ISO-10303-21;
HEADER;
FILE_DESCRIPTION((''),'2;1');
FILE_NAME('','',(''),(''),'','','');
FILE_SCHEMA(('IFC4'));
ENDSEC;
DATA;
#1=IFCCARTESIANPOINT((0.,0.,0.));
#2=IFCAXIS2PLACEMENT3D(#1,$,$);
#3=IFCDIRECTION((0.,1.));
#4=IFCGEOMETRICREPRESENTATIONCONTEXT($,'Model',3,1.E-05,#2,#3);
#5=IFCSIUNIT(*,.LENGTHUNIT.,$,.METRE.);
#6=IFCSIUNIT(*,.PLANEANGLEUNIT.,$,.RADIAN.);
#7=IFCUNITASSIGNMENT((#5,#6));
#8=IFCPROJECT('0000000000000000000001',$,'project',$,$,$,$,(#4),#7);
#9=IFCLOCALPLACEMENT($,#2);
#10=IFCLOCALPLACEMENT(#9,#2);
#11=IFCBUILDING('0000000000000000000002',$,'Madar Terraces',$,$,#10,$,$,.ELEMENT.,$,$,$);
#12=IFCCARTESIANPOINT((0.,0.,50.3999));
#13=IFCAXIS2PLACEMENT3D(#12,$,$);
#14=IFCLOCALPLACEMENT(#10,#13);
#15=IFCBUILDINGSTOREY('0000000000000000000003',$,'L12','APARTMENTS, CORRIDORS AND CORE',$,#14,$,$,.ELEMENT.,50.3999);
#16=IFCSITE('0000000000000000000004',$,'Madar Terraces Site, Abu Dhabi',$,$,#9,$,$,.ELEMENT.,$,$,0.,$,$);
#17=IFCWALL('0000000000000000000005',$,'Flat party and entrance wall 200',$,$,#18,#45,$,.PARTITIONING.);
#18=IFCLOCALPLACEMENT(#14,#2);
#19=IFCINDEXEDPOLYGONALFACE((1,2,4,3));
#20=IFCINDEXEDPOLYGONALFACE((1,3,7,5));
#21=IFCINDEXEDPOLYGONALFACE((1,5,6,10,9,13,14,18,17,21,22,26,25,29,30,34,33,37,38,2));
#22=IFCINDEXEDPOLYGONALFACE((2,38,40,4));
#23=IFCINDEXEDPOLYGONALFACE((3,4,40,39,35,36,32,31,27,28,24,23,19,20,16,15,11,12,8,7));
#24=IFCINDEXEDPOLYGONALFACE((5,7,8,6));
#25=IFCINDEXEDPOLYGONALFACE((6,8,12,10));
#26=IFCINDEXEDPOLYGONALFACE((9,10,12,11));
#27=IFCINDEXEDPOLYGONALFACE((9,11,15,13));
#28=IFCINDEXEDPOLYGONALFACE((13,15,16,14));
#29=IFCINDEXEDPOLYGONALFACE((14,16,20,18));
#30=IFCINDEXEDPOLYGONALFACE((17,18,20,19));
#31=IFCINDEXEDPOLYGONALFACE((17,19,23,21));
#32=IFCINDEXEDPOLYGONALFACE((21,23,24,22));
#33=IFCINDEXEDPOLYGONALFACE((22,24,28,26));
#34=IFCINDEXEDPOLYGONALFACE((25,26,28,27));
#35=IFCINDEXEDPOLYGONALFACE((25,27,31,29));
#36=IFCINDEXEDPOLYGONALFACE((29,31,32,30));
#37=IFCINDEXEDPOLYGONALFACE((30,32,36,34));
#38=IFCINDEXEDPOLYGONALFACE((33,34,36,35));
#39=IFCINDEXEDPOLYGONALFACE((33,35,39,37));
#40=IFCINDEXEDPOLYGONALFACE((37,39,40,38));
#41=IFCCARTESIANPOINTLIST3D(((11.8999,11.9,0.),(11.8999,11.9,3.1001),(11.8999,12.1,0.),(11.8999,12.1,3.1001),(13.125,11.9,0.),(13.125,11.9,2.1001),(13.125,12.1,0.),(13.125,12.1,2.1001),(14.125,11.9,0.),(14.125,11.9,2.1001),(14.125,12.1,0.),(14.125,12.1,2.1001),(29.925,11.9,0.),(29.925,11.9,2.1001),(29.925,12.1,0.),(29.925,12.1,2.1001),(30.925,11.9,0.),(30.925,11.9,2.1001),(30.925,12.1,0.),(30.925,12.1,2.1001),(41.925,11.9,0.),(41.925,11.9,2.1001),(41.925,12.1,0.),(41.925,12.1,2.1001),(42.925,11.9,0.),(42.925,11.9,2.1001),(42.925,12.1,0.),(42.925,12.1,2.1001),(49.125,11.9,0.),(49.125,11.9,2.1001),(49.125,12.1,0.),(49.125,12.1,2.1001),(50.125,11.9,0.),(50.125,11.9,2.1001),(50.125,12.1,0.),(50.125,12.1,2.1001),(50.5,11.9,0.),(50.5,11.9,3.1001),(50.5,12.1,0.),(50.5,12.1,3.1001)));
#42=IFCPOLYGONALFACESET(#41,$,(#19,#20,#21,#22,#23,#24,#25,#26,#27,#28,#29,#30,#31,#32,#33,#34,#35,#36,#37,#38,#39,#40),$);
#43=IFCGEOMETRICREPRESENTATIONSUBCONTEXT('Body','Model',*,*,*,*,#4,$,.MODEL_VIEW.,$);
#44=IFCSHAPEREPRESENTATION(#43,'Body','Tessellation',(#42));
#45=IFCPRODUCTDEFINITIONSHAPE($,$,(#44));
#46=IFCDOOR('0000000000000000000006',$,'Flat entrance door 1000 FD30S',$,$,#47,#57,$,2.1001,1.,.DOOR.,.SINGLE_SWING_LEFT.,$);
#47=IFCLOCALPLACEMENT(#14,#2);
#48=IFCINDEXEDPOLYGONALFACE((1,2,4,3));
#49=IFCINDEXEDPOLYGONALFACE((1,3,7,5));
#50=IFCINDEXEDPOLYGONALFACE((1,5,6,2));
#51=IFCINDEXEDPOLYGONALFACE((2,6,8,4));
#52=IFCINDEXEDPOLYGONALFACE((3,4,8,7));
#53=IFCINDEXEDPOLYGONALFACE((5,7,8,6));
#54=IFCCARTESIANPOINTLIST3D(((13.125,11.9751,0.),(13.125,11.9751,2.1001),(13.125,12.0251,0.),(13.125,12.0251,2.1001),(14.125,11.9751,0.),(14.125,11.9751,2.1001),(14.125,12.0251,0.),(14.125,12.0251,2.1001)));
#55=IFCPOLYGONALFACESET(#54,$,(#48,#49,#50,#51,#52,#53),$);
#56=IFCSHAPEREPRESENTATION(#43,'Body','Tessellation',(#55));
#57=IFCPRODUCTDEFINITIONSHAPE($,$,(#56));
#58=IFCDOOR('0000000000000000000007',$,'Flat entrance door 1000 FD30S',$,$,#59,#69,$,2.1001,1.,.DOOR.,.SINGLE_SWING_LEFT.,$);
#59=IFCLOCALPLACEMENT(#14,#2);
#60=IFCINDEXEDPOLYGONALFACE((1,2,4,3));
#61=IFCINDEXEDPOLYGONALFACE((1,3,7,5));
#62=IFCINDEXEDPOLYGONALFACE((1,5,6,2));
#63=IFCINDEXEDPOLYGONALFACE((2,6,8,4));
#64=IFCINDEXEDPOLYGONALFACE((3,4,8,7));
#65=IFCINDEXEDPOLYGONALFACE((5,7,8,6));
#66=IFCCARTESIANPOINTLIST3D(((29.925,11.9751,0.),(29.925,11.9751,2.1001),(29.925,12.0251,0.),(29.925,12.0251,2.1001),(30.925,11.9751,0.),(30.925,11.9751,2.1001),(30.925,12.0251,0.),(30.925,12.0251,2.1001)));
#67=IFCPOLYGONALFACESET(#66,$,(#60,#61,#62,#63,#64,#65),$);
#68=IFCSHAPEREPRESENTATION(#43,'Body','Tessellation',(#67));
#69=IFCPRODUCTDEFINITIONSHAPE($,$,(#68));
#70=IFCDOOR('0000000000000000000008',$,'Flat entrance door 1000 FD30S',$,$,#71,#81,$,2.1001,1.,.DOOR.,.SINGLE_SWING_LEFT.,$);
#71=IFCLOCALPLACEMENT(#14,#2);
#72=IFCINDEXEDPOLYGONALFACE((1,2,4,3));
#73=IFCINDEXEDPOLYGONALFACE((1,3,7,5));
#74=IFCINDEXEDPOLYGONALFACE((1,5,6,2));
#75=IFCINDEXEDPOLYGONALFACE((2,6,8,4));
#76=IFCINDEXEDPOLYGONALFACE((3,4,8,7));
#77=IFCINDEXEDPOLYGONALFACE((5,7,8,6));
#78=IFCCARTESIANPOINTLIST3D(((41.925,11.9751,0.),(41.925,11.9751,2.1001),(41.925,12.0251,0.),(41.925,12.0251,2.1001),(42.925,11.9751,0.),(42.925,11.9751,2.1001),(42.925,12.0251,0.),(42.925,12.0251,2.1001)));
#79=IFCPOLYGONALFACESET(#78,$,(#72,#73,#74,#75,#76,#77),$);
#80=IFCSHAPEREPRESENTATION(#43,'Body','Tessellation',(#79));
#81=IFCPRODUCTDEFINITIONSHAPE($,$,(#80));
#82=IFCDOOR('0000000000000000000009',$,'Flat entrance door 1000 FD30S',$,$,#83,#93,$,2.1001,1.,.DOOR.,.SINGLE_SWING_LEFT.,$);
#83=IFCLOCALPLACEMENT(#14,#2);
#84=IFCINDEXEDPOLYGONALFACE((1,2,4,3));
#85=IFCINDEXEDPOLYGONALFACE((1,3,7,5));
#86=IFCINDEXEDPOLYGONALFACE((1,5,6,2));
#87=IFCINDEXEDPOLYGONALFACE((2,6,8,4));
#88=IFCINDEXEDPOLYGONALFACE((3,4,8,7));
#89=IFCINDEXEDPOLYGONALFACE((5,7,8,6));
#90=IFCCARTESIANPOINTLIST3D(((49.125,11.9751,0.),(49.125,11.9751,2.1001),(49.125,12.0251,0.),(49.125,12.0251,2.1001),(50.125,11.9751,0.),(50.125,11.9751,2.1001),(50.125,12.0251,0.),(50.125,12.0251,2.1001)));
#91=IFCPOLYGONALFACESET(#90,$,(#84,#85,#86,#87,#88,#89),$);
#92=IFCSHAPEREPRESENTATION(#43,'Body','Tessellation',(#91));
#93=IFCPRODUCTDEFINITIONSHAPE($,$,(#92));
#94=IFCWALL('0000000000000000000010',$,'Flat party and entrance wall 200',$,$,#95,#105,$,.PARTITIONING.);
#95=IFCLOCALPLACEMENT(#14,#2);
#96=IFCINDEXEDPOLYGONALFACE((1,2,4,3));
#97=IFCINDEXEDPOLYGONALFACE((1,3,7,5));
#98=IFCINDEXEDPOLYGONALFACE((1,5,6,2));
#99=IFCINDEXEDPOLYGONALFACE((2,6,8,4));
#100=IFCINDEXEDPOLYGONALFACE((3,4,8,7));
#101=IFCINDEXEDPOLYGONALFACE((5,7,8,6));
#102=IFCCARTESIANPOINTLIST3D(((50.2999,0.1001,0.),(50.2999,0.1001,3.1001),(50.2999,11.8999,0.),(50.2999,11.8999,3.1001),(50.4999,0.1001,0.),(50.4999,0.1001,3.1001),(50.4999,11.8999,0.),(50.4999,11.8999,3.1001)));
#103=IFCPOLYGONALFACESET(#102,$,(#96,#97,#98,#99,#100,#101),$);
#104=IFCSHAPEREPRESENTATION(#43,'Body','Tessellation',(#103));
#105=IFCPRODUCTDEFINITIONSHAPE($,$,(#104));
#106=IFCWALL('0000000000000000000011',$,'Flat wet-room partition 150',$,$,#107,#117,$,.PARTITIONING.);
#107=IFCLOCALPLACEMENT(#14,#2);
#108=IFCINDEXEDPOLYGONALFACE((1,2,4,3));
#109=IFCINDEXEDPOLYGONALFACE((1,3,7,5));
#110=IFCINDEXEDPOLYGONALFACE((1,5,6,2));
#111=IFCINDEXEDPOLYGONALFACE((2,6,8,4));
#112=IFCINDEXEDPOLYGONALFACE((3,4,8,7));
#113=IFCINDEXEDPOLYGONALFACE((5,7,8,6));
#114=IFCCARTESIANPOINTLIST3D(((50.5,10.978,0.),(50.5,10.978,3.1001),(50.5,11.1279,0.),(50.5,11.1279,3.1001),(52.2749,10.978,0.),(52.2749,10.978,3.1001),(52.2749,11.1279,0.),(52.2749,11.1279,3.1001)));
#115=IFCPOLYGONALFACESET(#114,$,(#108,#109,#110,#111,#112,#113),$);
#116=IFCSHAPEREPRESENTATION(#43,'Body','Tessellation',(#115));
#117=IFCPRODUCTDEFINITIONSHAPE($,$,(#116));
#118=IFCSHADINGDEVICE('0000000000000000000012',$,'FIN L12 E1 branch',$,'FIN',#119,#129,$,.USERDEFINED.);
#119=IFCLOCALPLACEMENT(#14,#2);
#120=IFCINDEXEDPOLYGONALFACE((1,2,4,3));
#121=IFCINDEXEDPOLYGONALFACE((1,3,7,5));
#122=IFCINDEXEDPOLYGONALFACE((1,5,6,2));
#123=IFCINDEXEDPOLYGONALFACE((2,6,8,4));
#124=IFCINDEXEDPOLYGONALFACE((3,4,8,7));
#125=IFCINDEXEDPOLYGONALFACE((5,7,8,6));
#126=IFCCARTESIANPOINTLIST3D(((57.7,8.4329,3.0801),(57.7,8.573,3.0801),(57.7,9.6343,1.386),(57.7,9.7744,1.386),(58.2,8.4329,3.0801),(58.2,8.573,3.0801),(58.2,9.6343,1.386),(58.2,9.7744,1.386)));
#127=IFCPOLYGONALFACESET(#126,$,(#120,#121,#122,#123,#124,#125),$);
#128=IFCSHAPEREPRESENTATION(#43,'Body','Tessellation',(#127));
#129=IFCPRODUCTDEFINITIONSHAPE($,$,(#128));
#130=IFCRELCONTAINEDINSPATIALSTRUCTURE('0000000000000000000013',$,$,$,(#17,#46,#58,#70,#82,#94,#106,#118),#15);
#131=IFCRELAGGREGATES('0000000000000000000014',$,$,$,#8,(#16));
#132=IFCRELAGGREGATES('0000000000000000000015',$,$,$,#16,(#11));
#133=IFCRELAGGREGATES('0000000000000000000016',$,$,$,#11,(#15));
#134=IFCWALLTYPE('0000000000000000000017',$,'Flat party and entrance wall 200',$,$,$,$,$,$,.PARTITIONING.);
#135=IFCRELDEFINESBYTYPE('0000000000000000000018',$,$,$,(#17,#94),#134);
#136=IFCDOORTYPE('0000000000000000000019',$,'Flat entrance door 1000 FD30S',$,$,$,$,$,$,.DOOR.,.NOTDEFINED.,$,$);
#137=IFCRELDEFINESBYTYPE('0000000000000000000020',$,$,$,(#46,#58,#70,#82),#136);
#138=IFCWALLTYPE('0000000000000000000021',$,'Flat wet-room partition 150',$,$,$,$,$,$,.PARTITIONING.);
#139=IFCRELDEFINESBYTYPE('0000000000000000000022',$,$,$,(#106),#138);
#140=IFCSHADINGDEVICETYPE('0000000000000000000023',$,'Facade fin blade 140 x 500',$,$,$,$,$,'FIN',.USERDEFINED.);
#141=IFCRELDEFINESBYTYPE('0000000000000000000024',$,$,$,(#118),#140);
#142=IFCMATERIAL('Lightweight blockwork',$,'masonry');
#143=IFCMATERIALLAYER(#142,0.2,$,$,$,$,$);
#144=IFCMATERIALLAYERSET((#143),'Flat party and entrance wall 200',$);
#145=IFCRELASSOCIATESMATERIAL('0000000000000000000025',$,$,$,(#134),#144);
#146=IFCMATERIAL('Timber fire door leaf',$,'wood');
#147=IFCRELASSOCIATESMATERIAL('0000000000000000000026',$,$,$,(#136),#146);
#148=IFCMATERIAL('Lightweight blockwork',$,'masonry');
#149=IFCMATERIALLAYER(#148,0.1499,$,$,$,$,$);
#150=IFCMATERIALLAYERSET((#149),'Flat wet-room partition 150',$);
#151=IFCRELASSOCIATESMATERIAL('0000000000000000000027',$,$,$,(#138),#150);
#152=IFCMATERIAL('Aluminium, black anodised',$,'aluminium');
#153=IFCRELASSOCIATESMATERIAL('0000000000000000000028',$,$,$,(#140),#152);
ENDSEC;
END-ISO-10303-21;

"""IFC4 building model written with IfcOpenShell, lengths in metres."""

from ifc_helpers import new_model, si_unit, direction, frame, frame_2d, origin, place, context, subcontext, project, spatial, polyline, rectangle, outline, extrude, material, layer, layer_set, type_object, element, fill, save


model = new_model("IFC4")

# Units and contexts
model_context = context("Model", 3, precision=1e-05, world=origin(), true_north=direction((0.0, 1.0)))
body_context = subcontext(model_context, "Body", "Model", "MODEL_VIEW")
ifc_project = project(units=[si_unit("LENGTHUNIT", "METRE"), si_unit("PLANEANGLEUNIT", "RADIAN")], contexts=[model_context])

# Site, building, storey
site_placement = place(None, origin())
site = spatial("IfcSite", under=ifc_project, at=site_placement, Name="Madar Terraces Site, Abu Dhabi", CompositionType="ELEMENT", RefElevation=0.0)
building_placement = place(site_placement, origin())
building = spatial("IfcBuilding", under=site, at=building_placement, Name="Madar Terraces", CompositionType="ELEMENT")
storey_placement = place(building_placement, frame((0.0, 0.0, 50.3999)))
storey = spatial("IfcBuildingStorey", under=building, at=storey_placement, Name="L12", Description="APARTMENTS, CORRIDORS AND CORE", CompositionType="ELEMENT", Elevation=50.3999)

# Wall, openings, doors
ifc_material_1 = material(Name="Lightweight blockwork", Category="masonry")
ifc_layer_1 = layer(ifc_material_1, 0.2)
ifc_layer_set_1 = layer_set([ifc_layer_1], Name="Flat party and entrance wall 200")
wall_type_1 = type_object("IfcWallType", Name="Flat party and entrance wall 200", PredefinedType="PARTITIONING", material=ifc_layer_set_1)
wall_1_placement = place(storey_placement, frame((50.5, 12.0, 0.0), z_axis=(0.0, 0.0, 1.0), x_axis=(-1.0, 0.0, 0.0)))
wall_1 = element("IfcWall", 1, at=wall_1_placement, inside=storey, type_object=wall_type_1, Name="Flat party and entrance wall 200", PredefinedType="PARTITIONING", context=body_context, shape_type="SweptSolid", body=[
    extrude(rectangle(XDim=38.6001, YDim=0.2, at=frame_2d((19.3, 0.0))), origin(), (0.0, 0.0, 1.0), 3.1001),
])
opening_1_placement = place(wall_1_placement, frame((36.375, 0.0, 0.0)))
opening_1 = element("IfcOpeningElement", 2, at=opening_1_placement, cuts=wall_1, PredefinedType="OPENING", context=body_context, shape_type="SweptSolid", body=[
    extrude(rectangle(XDim=1.0, YDim=2.1001, at=frame_2d((0.5, 1.05))), frame((0.0, 0.1099, 0.0), z_axis=(0.0, -1.0, 0.0), x_axis=(1.0, 0.0, 0.0)), (0.0, 0.0, 1.0), 0.22),
])
opening_2_placement = place(wall_1_placement, frame((19.575, 0.0, 0.0)))
opening_2 = element("IfcOpeningElement", 3, at=opening_2_placement, cuts=wall_1, PredefinedType="OPENING", context=body_context, shape_type="SweptSolid", body=[
    extrude(rectangle(XDim=1.0, YDim=2.1001, at=frame_2d((0.5, 1.05))), frame((0.0, 0.1099, 0.0), z_axis=(0.0, -1.0, 0.0), x_axis=(1.0, 0.0, 0.0)), (0.0, 0.0, 1.0), 0.22),
])
opening_3_placement = place(wall_1_placement, frame((7.575, 0.0, 0.0)))
opening_3 = element("IfcOpeningElement", 4, at=opening_3_placement, cuts=wall_1, PredefinedType="OPENING", context=body_context, shape_type="SweptSolid", body=[
    extrude(rectangle(XDim=1.0, YDim=2.1001, at=frame_2d((0.5, 1.05))), frame((0.0, 0.1099, 0.0), z_axis=(0.0, -1.0, 0.0), x_axis=(1.0, 0.0, 0.0)), (0.0, 0.0, 1.0), 0.22),
])
opening_4_placement = place(wall_1_placement, frame((0.375, 0.0, 0.0)))
opening_4 = element("IfcOpeningElement", 5, at=opening_4_placement, cuts=wall_1, PredefinedType="OPENING", context=body_context, shape_type="SweptSolid", body=[
    extrude(rectangle(XDim=1.0, YDim=2.1001, at=frame_2d((0.5, 1.05))), frame((0.0, 0.1099, 0.0), z_axis=(0.0, -1.0, 0.0), x_axis=(1.0, 0.0, 0.0)), (0.0, 0.0, 1.0), 0.22),
])
ifc_material_2 = material(Name="Timber fire door leaf", Category="wood")
door_type_1 = type_object("IfcDoorType", Name="Flat entrance door 1000 FD30S", OperationType="NOTDEFINED", PredefinedType="DOOR", material=ifc_material_2)
door_1_placement = place(opening_1_placement, origin())
door_1 = element("IfcDoor", 6, at=door_1_placement, inside=storey, type_object=door_type_1, Name="Flat entrance door 1000 FD30S", OperationType="SINGLE_SWING_LEFT", OverallHeight=2.1001, OverallWidth=1.0, PredefinedType="DOOR", context=body_context, shape_type="SweptSolid", body=[
    extrude(rectangle(XDim=1.0, YDim=2.1001, at=frame_2d((0.5, 1.05))), frame((0.0, 0.0249, 0.0), z_axis=(0.0, -1.0, 0.0), x_axis=(1.0, 0.0, 0.0)), (0.0, 0.0, 1.0), 0.05),
])
fill(opening_1, door_1)
door_2_placement = place(opening_2_placement, origin())
door_2 = element("IfcDoor", 7, at=door_2_placement, inside=storey, type_object=door_type_1, Name="Flat entrance door 1000 FD30S", OperationType="SINGLE_SWING_LEFT", OverallHeight=2.1001, OverallWidth=1.0, PredefinedType="DOOR", context=body_context, shape_type="SweptSolid", body=[
    extrude(rectangle(XDim=1.0, YDim=2.1001, at=frame_2d((0.5, 1.05))), frame((0.0, 0.0249, 0.0), z_axis=(0.0, -1.0, 0.0), x_axis=(1.0, 0.0, 0.0)), (0.0, 0.0, 1.0), 0.05),
])
fill(opening_2, door_2)
door_3_placement = place(opening_3_placement, origin())
door_3 = element("IfcDoor", 8, at=door_3_placement, inside=storey, type_object=door_type_1, Name="Flat entrance door 1000 FD30S", OperationType="SINGLE_SWING_LEFT", OverallHeight=2.1001, OverallWidth=1.0, PredefinedType="DOOR", context=body_context, shape_type="SweptSolid", body=[
    extrude(rectangle(XDim=1.0, YDim=2.1001, at=frame_2d((0.5, 1.05))), frame((0.0, 0.0249, 0.0), z_axis=(0.0, -1.0, 0.0), x_axis=(1.0, 0.0, 0.0)), (0.0, 0.0, 1.0), 0.05),
])
fill(opening_3, door_3)
door_4_placement = place(opening_4_placement, origin())
door_4 = element("IfcDoor", 9, at=door_4_placement, inside=storey, type_object=door_type_1, Name="Flat entrance door 1000 FD30S", OperationType="SINGLE_SWING_LEFT", OverallHeight=2.1001, OverallWidth=1.0, PredefinedType="DOOR", context=body_context, shape_type="SweptSolid", body=[
    extrude(rectangle(XDim=1.0, YDim=2.1001, at=frame_2d((0.5, 1.05))), frame((0.0, 0.0249, 0.0), z_axis=(0.0, -1.0, 0.0), x_axis=(1.0, 0.0, 0.0)), (0.0, 0.0, 1.0), 0.05),
])
fill(opening_4, door_4)

# Walls
wall_2_placement = place(storey_placement, frame((50.3999, 11.8999, 0.0), z_axis=(0.0, 0.0, 1.0), x_axis=(0.0, -1.0, 0.0)))
element("IfcWall", 10, at=wall_2_placement, inside=storey, type_object=wall_type_1, Name="Flat party and entrance wall 200", PredefinedType="PARTITIONING", context=body_context, shape_type="SweptSolid", body=[
    extrude(rectangle(XDim=11.7998, YDim=0.2, at=frame_2d((5.8999, 0.0))), origin(), (0.0, 0.0, 1.0), 3.1001),
])
ifc_material_3 = material(Name="Lightweight blockwork", Category="masonry")
ifc_layer_2 = layer(ifc_material_3, 0.1499)
ifc_layer_set_2 = layer_set([ifc_layer_2], Name="Flat wet-room partition 150")
wall_type_2 = type_object("IfcWallType", Name="Flat wet-room partition 150", PredefinedType="PARTITIONING", material=ifc_layer_set_2)
wall_3_placement = place(storey_placement, frame((50.5, 11.053, 0.0), z_axis=(0.0, 0.0, 1.0), x_axis=(1.0, 0.0, 0.0)))
element("IfcWall", 11, at=wall_3_placement, inside=storey, type_object=wall_type_2, Name="Flat wet-room partition 150", PredefinedType="PARTITIONING", context=body_context, shape_type="SweptSolid", body=[
    extrude(rectangle(XDim=1.7749, YDim=0.1499, at=frame_2d((0.8875, 0.0))), origin(), (0.0, 0.0, 1.0), 3.1001),
])

# Shading device
ifc_material_4 = material(Name="Aluminium, black anodised", Category="aluminium")
shading_device_type = type_object("IfcShadingDeviceType", Name="Facade fin blade 140 x 500", ElementType="FIN", PredefinedType="USERDEFINED", material=ifc_material_4)
shading_device_placement = place(storey_placement, frame((57.95, 9.6343, 1.386), z_axis=(0.0, 0.0, 1.0), x_axis=(0.0, 1.0, 0.0)))
element("IfcShadingDevice", 12, at=shading_device_placement, inside=storey, type_object=shading_device_type, Name="FIN L12 E1 branch", ObjectType="FIN", PredefinedType="USERDEFINED", context=body_context, shape_type="SweptSolid", body=[
    extrude(outline(polyline([(0.0, 0.0), (0.1401, 0.0), (-1.0613, 1.6941), (-1.2014, 1.6941), (0.0, 0.0)])), frame((0.0, 0.25, 0.0), z_axis=(0.0, -1.0, 0.0), x_axis=(1.0, 0.0, 0.0)), (0.0, 0.0, 1.0), 0.5),
])

save(model, "model.ifc")
